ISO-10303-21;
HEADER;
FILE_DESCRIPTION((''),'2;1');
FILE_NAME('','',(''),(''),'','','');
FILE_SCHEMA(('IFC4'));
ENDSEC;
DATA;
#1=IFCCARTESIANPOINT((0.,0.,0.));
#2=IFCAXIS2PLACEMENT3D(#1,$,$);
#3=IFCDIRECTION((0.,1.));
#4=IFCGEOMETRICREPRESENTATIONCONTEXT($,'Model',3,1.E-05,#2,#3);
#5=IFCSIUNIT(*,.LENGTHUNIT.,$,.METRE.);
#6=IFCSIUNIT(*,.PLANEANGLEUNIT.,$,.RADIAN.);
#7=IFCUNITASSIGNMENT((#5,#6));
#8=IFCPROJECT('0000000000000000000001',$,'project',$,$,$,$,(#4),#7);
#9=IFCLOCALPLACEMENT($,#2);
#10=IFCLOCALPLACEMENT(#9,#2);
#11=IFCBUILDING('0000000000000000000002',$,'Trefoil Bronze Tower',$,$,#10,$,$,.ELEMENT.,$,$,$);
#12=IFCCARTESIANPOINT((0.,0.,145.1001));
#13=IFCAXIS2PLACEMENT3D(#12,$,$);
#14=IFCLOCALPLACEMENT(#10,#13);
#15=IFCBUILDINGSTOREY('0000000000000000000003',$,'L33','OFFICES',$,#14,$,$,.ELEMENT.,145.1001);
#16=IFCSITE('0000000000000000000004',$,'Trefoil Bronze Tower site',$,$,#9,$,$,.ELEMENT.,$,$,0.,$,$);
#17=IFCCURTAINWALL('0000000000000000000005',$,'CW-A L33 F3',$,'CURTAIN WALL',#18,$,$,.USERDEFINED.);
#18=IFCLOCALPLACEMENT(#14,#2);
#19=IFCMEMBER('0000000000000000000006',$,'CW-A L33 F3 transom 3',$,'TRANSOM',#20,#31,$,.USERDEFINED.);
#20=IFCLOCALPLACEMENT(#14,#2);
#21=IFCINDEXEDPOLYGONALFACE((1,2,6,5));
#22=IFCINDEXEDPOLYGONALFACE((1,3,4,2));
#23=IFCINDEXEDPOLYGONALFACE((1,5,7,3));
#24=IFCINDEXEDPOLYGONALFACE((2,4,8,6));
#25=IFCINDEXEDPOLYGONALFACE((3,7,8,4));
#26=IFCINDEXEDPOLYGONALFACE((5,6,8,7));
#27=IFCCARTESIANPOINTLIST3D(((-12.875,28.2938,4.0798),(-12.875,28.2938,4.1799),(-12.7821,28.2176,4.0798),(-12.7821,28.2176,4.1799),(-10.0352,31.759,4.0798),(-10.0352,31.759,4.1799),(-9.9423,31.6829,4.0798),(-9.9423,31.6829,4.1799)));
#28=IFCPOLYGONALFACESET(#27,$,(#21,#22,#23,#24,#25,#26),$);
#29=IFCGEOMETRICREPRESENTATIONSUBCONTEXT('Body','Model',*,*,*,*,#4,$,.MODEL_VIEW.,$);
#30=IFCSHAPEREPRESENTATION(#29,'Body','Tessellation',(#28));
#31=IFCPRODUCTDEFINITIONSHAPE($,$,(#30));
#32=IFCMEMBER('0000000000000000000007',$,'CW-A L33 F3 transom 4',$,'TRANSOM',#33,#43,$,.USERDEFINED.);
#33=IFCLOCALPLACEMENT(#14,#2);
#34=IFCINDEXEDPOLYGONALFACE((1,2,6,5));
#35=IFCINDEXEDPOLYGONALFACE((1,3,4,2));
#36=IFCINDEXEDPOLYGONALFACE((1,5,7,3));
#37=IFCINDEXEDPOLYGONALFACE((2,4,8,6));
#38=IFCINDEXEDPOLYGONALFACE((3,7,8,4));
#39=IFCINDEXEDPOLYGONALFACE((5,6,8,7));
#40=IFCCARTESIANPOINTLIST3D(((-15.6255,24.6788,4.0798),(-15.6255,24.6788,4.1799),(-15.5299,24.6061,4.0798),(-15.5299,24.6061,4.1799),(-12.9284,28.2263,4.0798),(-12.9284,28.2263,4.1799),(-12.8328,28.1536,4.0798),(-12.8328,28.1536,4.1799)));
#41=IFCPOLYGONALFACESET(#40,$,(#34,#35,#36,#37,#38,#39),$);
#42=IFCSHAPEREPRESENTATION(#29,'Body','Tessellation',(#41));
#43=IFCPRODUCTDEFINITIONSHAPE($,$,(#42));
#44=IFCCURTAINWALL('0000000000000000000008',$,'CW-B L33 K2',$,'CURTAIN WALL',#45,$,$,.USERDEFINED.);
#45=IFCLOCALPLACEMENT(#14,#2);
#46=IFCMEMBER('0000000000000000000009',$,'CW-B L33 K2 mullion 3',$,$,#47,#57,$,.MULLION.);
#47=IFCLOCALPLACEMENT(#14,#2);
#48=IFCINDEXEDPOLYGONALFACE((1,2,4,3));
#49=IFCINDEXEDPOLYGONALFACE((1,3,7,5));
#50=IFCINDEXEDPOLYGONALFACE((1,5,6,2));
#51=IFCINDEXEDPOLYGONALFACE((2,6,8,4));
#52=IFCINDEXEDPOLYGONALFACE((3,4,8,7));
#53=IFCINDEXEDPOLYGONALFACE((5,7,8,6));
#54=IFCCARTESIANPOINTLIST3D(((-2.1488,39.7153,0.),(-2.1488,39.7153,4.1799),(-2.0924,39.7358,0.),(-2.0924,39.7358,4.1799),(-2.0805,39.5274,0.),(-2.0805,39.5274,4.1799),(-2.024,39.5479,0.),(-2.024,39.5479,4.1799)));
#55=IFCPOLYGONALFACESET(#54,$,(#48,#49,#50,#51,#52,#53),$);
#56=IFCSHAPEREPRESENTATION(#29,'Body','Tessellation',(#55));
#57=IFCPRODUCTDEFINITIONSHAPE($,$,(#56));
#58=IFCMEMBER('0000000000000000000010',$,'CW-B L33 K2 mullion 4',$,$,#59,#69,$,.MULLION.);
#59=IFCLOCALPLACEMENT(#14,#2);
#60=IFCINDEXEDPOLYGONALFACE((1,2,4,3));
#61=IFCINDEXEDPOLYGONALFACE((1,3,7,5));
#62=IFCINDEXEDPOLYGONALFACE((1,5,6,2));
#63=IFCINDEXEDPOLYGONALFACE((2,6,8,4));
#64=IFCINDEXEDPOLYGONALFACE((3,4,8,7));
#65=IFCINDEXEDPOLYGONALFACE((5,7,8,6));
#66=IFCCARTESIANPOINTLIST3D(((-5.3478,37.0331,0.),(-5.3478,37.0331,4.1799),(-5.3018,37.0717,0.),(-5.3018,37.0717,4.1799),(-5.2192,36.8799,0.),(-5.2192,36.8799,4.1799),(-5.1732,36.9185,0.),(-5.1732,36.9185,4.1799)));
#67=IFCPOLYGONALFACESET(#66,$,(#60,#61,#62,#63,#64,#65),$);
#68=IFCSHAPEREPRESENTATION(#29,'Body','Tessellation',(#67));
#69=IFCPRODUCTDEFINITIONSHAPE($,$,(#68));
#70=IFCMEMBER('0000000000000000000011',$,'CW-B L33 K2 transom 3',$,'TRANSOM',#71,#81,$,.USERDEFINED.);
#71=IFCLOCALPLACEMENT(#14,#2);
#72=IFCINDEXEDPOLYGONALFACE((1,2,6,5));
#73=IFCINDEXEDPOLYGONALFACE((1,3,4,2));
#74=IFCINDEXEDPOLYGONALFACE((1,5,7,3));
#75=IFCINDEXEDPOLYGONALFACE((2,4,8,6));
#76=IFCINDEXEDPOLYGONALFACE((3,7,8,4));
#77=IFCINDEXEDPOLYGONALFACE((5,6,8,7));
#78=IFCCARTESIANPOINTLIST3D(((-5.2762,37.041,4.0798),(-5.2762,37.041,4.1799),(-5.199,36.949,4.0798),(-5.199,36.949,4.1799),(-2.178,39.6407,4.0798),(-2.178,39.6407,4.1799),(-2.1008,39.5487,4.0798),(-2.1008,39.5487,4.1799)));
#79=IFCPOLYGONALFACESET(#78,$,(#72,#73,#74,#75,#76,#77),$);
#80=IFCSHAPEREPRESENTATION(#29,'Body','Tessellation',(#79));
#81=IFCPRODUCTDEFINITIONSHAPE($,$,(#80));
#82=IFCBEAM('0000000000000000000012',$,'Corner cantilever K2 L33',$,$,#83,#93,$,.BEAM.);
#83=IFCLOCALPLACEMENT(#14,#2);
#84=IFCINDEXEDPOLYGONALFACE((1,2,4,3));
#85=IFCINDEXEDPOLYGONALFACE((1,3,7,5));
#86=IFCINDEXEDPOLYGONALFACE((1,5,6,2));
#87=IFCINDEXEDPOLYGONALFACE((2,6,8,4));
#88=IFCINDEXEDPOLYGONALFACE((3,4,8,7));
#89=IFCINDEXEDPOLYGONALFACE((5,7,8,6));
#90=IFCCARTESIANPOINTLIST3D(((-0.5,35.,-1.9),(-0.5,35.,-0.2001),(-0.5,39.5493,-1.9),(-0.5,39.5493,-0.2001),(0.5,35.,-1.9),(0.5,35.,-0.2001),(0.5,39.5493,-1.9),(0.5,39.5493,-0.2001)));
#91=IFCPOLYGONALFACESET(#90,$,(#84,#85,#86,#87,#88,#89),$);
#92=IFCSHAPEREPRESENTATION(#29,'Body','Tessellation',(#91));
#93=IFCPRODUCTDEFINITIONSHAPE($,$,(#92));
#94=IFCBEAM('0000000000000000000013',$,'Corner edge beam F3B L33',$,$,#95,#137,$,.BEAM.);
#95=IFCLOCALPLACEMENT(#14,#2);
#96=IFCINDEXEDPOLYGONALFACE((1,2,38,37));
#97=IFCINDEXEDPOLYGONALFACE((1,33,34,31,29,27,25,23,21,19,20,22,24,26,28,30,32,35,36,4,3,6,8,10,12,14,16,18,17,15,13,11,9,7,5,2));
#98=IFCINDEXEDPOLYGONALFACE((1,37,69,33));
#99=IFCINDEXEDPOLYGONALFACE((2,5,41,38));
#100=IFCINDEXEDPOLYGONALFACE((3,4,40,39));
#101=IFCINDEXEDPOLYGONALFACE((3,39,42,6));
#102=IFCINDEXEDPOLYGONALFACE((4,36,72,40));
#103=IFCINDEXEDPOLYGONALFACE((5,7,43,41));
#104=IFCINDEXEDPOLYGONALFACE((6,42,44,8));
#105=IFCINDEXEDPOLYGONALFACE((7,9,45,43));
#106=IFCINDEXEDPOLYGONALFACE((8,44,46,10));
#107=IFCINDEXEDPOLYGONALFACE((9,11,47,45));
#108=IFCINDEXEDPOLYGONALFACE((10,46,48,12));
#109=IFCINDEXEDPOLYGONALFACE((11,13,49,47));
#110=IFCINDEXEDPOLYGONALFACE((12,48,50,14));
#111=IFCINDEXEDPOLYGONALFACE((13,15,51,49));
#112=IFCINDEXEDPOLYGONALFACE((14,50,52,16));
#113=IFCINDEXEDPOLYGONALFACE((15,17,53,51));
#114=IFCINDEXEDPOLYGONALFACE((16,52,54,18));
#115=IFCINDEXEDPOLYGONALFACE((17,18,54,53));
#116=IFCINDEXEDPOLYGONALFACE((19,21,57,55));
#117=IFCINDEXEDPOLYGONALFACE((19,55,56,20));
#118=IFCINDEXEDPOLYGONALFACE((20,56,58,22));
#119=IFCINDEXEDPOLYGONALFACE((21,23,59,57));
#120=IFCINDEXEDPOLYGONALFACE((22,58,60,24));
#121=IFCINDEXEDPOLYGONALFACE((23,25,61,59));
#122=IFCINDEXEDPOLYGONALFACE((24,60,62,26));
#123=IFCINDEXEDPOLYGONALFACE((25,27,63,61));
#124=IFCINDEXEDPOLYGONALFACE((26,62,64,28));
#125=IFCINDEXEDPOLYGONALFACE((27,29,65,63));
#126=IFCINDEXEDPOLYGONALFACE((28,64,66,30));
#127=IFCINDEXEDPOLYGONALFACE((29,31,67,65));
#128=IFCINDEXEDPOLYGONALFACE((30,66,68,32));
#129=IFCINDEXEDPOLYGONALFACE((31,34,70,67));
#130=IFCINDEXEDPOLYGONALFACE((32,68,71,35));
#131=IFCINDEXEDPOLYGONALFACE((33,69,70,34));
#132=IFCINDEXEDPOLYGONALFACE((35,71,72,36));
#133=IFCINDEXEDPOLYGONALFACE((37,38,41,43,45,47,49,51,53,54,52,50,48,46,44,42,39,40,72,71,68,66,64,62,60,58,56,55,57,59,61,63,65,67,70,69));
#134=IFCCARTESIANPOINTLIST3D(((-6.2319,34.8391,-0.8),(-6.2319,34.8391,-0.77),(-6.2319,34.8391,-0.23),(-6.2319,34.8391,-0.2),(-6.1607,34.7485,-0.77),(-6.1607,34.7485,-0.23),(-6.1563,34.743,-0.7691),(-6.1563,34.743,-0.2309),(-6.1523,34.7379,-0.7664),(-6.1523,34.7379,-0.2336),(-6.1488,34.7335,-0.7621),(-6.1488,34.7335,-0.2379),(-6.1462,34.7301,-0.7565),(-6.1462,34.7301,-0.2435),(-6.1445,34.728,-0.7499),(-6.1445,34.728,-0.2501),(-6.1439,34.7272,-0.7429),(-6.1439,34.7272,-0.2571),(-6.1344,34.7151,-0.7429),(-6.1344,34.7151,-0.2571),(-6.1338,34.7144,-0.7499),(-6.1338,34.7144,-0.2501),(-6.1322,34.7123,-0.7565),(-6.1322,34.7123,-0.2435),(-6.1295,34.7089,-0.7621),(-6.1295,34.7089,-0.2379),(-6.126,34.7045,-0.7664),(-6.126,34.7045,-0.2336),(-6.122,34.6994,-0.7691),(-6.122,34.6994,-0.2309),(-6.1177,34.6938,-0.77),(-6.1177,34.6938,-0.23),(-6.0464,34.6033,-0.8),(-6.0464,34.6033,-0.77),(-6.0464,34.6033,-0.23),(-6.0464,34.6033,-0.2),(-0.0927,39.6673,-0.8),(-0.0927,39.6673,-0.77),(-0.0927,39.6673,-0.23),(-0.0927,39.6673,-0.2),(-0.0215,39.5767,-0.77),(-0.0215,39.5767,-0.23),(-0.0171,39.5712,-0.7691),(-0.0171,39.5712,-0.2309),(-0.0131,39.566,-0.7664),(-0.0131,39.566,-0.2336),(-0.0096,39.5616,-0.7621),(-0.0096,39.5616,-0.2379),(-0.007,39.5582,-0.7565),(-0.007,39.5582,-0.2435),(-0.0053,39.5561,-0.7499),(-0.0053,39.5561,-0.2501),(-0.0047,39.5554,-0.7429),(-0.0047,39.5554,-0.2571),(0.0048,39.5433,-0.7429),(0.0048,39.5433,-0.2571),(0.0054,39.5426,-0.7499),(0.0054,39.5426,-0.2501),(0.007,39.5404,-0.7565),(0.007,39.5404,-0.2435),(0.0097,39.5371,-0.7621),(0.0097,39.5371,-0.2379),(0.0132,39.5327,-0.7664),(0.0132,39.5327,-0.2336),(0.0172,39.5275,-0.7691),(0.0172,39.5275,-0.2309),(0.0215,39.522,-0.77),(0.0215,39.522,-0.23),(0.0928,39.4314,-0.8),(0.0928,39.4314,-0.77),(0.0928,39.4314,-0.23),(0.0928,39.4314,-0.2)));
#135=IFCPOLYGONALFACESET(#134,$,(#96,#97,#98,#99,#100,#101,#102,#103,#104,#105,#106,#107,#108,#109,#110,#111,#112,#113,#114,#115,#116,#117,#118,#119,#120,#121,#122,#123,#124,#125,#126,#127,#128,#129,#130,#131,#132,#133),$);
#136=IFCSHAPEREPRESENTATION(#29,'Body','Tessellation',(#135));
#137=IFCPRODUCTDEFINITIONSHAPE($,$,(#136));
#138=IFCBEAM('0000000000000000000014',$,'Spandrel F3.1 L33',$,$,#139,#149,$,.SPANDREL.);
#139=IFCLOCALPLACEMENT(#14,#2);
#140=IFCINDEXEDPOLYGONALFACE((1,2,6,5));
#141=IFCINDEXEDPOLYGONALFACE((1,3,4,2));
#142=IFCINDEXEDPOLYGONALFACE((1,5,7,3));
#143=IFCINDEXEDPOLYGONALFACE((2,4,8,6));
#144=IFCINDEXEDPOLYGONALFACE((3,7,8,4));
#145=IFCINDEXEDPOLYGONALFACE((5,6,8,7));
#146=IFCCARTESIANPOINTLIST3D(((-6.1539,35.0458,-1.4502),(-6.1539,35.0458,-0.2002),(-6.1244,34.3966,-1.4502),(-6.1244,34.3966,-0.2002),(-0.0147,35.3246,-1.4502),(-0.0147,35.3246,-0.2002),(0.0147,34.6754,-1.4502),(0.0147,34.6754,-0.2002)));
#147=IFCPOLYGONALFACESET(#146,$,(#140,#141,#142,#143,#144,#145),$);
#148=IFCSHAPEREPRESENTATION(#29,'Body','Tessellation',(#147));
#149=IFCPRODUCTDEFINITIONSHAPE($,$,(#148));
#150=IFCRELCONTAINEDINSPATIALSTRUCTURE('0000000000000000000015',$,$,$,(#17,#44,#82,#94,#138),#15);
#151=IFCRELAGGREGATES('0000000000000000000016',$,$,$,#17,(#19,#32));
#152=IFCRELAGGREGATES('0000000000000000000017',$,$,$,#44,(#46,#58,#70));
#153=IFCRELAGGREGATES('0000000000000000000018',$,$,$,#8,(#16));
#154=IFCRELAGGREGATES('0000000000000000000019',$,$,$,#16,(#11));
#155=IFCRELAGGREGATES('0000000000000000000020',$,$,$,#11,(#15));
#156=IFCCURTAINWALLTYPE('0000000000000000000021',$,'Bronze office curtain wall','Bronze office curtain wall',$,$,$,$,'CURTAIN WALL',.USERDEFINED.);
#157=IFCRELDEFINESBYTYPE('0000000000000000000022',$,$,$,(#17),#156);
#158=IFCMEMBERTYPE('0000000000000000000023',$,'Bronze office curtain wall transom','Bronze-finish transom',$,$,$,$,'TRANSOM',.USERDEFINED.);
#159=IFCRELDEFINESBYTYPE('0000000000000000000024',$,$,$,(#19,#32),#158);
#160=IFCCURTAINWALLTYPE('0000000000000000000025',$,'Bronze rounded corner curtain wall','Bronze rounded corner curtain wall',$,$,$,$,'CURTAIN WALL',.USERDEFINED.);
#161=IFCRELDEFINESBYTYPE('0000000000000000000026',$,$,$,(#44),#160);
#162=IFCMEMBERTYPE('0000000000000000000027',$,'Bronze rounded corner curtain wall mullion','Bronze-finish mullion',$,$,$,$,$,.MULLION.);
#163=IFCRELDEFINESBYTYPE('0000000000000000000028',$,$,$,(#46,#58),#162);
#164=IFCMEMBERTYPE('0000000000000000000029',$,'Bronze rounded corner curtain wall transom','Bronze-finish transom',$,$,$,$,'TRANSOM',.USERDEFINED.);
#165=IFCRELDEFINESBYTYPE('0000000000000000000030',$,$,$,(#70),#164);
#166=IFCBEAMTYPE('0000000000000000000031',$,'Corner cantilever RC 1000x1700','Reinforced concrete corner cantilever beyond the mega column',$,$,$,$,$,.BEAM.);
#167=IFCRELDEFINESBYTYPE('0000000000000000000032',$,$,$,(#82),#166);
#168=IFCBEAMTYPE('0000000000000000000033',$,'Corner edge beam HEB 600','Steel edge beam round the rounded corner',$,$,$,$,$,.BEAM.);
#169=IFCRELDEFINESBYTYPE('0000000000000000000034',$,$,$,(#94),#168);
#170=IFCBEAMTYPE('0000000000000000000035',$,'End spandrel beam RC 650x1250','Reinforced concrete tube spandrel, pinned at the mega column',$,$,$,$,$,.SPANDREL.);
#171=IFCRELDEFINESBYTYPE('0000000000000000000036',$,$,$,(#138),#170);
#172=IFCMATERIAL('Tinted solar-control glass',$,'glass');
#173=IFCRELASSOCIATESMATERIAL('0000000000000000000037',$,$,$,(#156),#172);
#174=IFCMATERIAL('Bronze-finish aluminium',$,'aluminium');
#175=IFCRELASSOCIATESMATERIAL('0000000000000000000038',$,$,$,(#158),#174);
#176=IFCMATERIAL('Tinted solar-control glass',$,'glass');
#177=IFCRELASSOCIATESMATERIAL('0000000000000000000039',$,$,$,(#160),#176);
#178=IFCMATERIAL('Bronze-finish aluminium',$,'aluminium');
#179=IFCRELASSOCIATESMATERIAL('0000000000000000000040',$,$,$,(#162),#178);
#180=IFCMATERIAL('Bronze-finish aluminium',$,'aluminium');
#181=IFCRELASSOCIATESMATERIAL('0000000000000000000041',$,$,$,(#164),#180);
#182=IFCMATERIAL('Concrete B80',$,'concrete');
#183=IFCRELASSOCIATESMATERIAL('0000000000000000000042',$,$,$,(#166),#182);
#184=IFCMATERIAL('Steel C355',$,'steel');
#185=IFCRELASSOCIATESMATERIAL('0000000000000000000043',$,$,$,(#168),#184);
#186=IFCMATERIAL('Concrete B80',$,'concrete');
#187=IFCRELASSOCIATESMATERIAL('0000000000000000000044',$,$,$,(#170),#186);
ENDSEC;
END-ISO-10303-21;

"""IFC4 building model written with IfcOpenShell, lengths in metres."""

from ifc_helpers import new_model, si_unit, direction, frame, origin, origin_2d, place, context, subcontext, project, spatial, rectangle, i_section, extrude, material, material_profile, profile_set, type_object, element, aggregate, save


model = new_model("IFC4")

# Units and contexts
model_context = context("Model", 3, precision=1e-05, world=origin(), true_north=direction((0.0, 1.0)))
body_context = subcontext(model_context, "Body", "Model", "MODEL_VIEW")
ifc_project = project(units=[si_unit("LENGTHUNIT", "METRE"), si_unit("PLANEANGLEUNIT", "RADIAN")], contexts=[model_context])

# Site, building, storey
site_placement = place(None, origin())
site = spatial("IfcSite", under=ifc_project, at=site_placement, Name="Trefoil Bronze Tower site", CompositionType="ELEMENT", RefElevation=0.0)
building_placement = place(site_placement, origin())
building = spatial("IfcBuilding", under=site, at=building_placement, Name="Trefoil Bronze Tower", CompositionType="ELEMENT")
storey_placement = place(building_placement, frame((0.0, 0.0, 145.1001)))
storey = spatial("IfcBuildingStorey", under=building, at=storey_placement, Name="L33", Description="OFFICES", CompositionType="ELEMENT", Elevation=145.1001)

# Curtain walls, members
ifc_material_1 = material(Name="Tinted solar-control glass", Category="glass")
curtain_wall_type_1 = type_object("IfcCurtainWallType", Name="Bronze office curtain wall", Description="Bronze office curtain wall", ElementType="CURTAIN WALL", PredefinedType="USERDEFINED", material=ifc_material_1)
curtain_wall_1_placement = place(storey_placement, origin())
curtain_wall_1 = element("IfcCurtainWall", 1, at=curtain_wall_1_placement, inside=storey, type_object=curtain_wall_type_1, Name="CW-A L33 F3", ObjectType="CURTAIN WALL", PredefinedType="USERDEFINED")
ifc_material_2 = material(Name="Bronze-finish aluminium", Category="aluminium")
ifc_material_profile_1 = material_profile(ifc_material_2, rectangle(XDim=0.1201, YDim=0.1001, at=origin_2d()), Name="CW-A transom")
ifc_profile_set_1 = profile_set([ifc_material_profile_1], Name="Bronze-finish aluminium")
member_type_1 = type_object("IfcMemberType", Name="Bronze office curtain wall transom", Description="Bronze-finish transom", ElementType="TRANSOM", PredefinedType="USERDEFINED", material=ifc_profile_set_1)
member_1_placement = place(storey_placement, frame((-9.9888, 31.7209, 4.1299), z_axis=(-0.633849, -0.773457, 0.0), x_axis=(0.773457, -0.633849, 0.0)))
member_1 = element("IfcMember", 2, at=member_1_placement, type_object=member_type_1, Name="CW-A L33 F3 transom 3", ObjectType="TRANSOM", PredefinedType="USERDEFINED", context=body_context, shape_type="SweptSolid", body=[
    extrude(rectangle(XDim=0.1201, YDim=0.1001, at=origin_2d()), origin(), (0.0, 0.0, 1.0), 4.4802),
])
member_2_placement = place(storey_placement, frame((-12.8806, 28.1899, 4.1299), z_axis=(-0.605229, -0.796051, 0.0), x_axis=(0.796051, -0.605229, 0.0)))
member_2 = element("IfcMember", 3, at=member_2_placement, type_object=member_type_1, Name="CW-A L33 F3 transom 4", ObjectType="TRANSOM", PredefinedType="USERDEFINED", context=body_context, shape_type="SweptSolid", body=[
    extrude(rectangle(XDim=0.1201, YDim=0.1001, at=origin_2d()), origin(), (0.0, 0.0, 1.0), 4.4563),
])
ifc_material_3 = material(Name="Tinted solar-control glass", Category="glass")
curtain_wall_type_2 = type_object("IfcCurtainWallType", Name="Bronze rounded corner curtain wall", Description="Bronze rounded corner curtain wall", ElementType="CURTAIN WALL", PredefinedType="USERDEFINED", material=ifc_material_3)
curtain_wall_2_placement = place(storey_placement, origin())
curtain_wall_2 = element("IfcCurtainWall", 4, at=curtain_wall_2_placement, inside=storey, type_object=curtain_wall_type_2, Name="CW-B L33 K2", ObjectType="CURTAIN WALL", PredefinedType="USERDEFINED")
ifc_material_4 = material(Name="Bronze-finish aluminium", Category="aluminium")
ifc_material_profile_2 = material_profile(ifc_material_4, rectangle(XDim=0.2, YDim=0.0601, at=origin_2d()), Name="CW-B mullion")
ifc_profile_set_2 = profile_set([ifc_material_profile_2], Name="Bronze-finish aluminium")
member_type_2 = type_object("IfcMemberType", Name="Bronze rounded corner curtain wall mullion", Description="Bronze-finish mullion", PredefinedType="MULLION", material=ifc_profile_set_2)
member_3_placement = place(storey_placement, frame((-2.0864, 39.6316, 0.0), z_axis=(0.0, 0.0, 1.0), x_axis=(0.34202, -0.939693, 0.0)))
member_3 = element("IfcMember", 5, at=member_3_placement, type_object=member_type_2, Name="CW-B L33 K2 mullion 3", PredefinedType="MULLION", context=body_context, shape_type="SweptSolid", body=[
    extrude(rectangle(XDim=0.2, YDim=0.0601, at=origin_2d()), origin(), (0.0, 0.0, 1.0), 4.1799),
])
member_4_placement = place(storey_placement, frame((-5.2605, 36.9758, 0.0), z_axis=(0.0, 0.0, 1.0), x_axis=(0.642788, -0.766044, 0.0)))
member_4 = element("IfcMember", 6, at=member_4_placement, type_object=member_type_2, Name="CW-B L33 K2 mullion 4", PredefinedType="MULLION", context=body_context, shape_type="SweptSolid", body=[
    extrude(rectangle(XDim=0.2, YDim=0.0601, at=origin_2d()), origin(), (0.0, 0.0, 1.0), 4.1799),
])
ifc_material_5 = material(Name="Bronze-finish aluminium", Category="aluminium")
ifc_material_profile_3 = material_profile(ifc_material_5, rectangle(XDim=0.1201, YDim=0.1001, at=origin_2d()), Name="CW-B transom")
ifc_profile_set_3 = profile_set([ifc_material_profile_3], Name="Bronze-finish aluminium")
member_type_3 = type_object("IfcMemberType", Name="Bronze rounded corner curtain wall transom", Description="Bronze-finish transom", ElementType="TRANSOM", PredefinedType="USERDEFINED", material=ifc_profile_set_3)
member_5_placement = place(storey_placement, frame((-2.1394, 39.5947, 4.1299), z_axis=(-0.76605, -0.642781, 0.0), x_axis=(0.642781, -0.76605, 0.0)))
member_5 = element("IfcMember", 7, at=member_5_placement, type_object=member_type_3, Name="CW-B L33 K2 transom 3", ObjectType="TRANSOM", PredefinedType="USERDEFINED", context=body_context, shape_type="SweptSolid", body=[
    extrude(rectangle(XDim=0.1201, YDim=0.1001, at=origin_2d()), origin(), (0.0, 0.0, 1.0), 4.0444),
])

# Beams
ifc_material_6 = material(Name="Concrete B80", Category="concrete")
ifc_material_profile_4 = material_profile(ifc_material_6, rectangle(XDim=1.0, YDim=1.7, at=origin_2d()), Name="RC 1000x1700")
ifc_profile_set_4 = profile_set([ifc_material_profile_4], Name="Concrete B80")
beam_type_1 = type_object("IfcBeamType", Name="Corner cantilever RC 1000x1700", Description="Reinforced concrete corner cantilever beyond the mega column", PredefinedType="BEAM", material=ifc_profile_set_4)
beam_1_placement = place(storey_placement, frame((0.0, 35.0, -1.05), z_axis=(0.0, 1.0, 0.0), x_axis=(-1.0, 0.0, 0.0)))
element("IfcBeam", 8, at=beam_1_placement, inside=storey, type_object=beam_type_1, Name="Corner cantilever K2 L33", PredefinedType="BEAM", context=body_context, shape_type="SweptSolid", body=[
    extrude(rectangle(XDim=1.0, YDim=1.7, at=origin_2d()), origin(), (0.0, 0.0, 1.0), 4.5493),
])
ifc_material_7 = material(Name="Steel C355", Category="steel")
ifc_material_profile_5 = material_profile(ifc_material_7, i_section(OverallWidth=0.3, OverallDepth=0.6001, WebThickness=0.0154, FlangeThickness=0.03, FilletRadius=0.0271, at=origin_2d()), Name="HEB 600")
ifc_profile_set_5 = profile_set([ifc_material_profile_5], Name="Steel C355")
beam_type_2 = type_object("IfcBeamType", Name="Corner edge beam HEB 600", Description="Steel edge beam round the rounded corner", PredefinedType="BEAM", material=ifc_profile_set_5)
beam_2_placement = place(storey_placement, frame((-6.1392, 34.7212, -0.5), z_axis=(0.786038, 0.618178, 0.0), x_axis=(-0.618178, 0.786038, 0.0)))
element("IfcBeam", 9, at=beam_2_placement, inside=storey, type_object=beam_type_2, Name="Corner edge beam F3B L33", PredefinedType="BEAM", context=body_context, shape_type="SweptSolid", body=[
    extrude(i_section(OverallWidth=0.3, OverallDepth=0.6001, WebThickness=0.0154, FlangeThickness=0.03, FilletRadius=0.0271, at=origin_2d()), origin(), (0.0, 0.0, 1.0), 7.8103),
])
ifc_material_8 = material(Name="Concrete B80", Category="concrete")
ifc_material_profile_6 = material_profile(ifc_material_8, rectangle(XDim=0.6499, YDim=1.25, at=origin_2d()), Name="RC 650x1250")
ifc_profile_set_6 = profile_set([ifc_material_profile_6], Name="Concrete B80")
beam_type_3 = type_object("IfcBeamType", Name="End spandrel beam RC 650x1250", Description="Reinforced concrete tube spandrel, pinned at the mega column", PredefinedType="SPANDREL", material=ifc_profile_set_6)
beam_3_placement = place(storey_placement, frame((0.0, 35.0, -0.8252), z_axis=(-0.99897, -0.045368, 0.0), x_axis=(0.045368, -0.99897, 0.0)))
element("IfcBeam", 10, at=beam_3_placement, inside=storey, type_object=beam_type_3, Name="Spandrel F3.1 L33", PredefinedType="SPANDREL", context=body_context, shape_type="SweptSolid", body=[
    extrude(rectangle(XDim=0.6499, YDim=1.25, at=origin_2d()), origin(), (0.0, 0.0, 1.0), 6.1455),
])

aggregate(curtain_wall_1, [member_1, member_2])
aggregate(curtain_wall_2, [member_3, member_4, member_5])

save(model, "model.ifc")
